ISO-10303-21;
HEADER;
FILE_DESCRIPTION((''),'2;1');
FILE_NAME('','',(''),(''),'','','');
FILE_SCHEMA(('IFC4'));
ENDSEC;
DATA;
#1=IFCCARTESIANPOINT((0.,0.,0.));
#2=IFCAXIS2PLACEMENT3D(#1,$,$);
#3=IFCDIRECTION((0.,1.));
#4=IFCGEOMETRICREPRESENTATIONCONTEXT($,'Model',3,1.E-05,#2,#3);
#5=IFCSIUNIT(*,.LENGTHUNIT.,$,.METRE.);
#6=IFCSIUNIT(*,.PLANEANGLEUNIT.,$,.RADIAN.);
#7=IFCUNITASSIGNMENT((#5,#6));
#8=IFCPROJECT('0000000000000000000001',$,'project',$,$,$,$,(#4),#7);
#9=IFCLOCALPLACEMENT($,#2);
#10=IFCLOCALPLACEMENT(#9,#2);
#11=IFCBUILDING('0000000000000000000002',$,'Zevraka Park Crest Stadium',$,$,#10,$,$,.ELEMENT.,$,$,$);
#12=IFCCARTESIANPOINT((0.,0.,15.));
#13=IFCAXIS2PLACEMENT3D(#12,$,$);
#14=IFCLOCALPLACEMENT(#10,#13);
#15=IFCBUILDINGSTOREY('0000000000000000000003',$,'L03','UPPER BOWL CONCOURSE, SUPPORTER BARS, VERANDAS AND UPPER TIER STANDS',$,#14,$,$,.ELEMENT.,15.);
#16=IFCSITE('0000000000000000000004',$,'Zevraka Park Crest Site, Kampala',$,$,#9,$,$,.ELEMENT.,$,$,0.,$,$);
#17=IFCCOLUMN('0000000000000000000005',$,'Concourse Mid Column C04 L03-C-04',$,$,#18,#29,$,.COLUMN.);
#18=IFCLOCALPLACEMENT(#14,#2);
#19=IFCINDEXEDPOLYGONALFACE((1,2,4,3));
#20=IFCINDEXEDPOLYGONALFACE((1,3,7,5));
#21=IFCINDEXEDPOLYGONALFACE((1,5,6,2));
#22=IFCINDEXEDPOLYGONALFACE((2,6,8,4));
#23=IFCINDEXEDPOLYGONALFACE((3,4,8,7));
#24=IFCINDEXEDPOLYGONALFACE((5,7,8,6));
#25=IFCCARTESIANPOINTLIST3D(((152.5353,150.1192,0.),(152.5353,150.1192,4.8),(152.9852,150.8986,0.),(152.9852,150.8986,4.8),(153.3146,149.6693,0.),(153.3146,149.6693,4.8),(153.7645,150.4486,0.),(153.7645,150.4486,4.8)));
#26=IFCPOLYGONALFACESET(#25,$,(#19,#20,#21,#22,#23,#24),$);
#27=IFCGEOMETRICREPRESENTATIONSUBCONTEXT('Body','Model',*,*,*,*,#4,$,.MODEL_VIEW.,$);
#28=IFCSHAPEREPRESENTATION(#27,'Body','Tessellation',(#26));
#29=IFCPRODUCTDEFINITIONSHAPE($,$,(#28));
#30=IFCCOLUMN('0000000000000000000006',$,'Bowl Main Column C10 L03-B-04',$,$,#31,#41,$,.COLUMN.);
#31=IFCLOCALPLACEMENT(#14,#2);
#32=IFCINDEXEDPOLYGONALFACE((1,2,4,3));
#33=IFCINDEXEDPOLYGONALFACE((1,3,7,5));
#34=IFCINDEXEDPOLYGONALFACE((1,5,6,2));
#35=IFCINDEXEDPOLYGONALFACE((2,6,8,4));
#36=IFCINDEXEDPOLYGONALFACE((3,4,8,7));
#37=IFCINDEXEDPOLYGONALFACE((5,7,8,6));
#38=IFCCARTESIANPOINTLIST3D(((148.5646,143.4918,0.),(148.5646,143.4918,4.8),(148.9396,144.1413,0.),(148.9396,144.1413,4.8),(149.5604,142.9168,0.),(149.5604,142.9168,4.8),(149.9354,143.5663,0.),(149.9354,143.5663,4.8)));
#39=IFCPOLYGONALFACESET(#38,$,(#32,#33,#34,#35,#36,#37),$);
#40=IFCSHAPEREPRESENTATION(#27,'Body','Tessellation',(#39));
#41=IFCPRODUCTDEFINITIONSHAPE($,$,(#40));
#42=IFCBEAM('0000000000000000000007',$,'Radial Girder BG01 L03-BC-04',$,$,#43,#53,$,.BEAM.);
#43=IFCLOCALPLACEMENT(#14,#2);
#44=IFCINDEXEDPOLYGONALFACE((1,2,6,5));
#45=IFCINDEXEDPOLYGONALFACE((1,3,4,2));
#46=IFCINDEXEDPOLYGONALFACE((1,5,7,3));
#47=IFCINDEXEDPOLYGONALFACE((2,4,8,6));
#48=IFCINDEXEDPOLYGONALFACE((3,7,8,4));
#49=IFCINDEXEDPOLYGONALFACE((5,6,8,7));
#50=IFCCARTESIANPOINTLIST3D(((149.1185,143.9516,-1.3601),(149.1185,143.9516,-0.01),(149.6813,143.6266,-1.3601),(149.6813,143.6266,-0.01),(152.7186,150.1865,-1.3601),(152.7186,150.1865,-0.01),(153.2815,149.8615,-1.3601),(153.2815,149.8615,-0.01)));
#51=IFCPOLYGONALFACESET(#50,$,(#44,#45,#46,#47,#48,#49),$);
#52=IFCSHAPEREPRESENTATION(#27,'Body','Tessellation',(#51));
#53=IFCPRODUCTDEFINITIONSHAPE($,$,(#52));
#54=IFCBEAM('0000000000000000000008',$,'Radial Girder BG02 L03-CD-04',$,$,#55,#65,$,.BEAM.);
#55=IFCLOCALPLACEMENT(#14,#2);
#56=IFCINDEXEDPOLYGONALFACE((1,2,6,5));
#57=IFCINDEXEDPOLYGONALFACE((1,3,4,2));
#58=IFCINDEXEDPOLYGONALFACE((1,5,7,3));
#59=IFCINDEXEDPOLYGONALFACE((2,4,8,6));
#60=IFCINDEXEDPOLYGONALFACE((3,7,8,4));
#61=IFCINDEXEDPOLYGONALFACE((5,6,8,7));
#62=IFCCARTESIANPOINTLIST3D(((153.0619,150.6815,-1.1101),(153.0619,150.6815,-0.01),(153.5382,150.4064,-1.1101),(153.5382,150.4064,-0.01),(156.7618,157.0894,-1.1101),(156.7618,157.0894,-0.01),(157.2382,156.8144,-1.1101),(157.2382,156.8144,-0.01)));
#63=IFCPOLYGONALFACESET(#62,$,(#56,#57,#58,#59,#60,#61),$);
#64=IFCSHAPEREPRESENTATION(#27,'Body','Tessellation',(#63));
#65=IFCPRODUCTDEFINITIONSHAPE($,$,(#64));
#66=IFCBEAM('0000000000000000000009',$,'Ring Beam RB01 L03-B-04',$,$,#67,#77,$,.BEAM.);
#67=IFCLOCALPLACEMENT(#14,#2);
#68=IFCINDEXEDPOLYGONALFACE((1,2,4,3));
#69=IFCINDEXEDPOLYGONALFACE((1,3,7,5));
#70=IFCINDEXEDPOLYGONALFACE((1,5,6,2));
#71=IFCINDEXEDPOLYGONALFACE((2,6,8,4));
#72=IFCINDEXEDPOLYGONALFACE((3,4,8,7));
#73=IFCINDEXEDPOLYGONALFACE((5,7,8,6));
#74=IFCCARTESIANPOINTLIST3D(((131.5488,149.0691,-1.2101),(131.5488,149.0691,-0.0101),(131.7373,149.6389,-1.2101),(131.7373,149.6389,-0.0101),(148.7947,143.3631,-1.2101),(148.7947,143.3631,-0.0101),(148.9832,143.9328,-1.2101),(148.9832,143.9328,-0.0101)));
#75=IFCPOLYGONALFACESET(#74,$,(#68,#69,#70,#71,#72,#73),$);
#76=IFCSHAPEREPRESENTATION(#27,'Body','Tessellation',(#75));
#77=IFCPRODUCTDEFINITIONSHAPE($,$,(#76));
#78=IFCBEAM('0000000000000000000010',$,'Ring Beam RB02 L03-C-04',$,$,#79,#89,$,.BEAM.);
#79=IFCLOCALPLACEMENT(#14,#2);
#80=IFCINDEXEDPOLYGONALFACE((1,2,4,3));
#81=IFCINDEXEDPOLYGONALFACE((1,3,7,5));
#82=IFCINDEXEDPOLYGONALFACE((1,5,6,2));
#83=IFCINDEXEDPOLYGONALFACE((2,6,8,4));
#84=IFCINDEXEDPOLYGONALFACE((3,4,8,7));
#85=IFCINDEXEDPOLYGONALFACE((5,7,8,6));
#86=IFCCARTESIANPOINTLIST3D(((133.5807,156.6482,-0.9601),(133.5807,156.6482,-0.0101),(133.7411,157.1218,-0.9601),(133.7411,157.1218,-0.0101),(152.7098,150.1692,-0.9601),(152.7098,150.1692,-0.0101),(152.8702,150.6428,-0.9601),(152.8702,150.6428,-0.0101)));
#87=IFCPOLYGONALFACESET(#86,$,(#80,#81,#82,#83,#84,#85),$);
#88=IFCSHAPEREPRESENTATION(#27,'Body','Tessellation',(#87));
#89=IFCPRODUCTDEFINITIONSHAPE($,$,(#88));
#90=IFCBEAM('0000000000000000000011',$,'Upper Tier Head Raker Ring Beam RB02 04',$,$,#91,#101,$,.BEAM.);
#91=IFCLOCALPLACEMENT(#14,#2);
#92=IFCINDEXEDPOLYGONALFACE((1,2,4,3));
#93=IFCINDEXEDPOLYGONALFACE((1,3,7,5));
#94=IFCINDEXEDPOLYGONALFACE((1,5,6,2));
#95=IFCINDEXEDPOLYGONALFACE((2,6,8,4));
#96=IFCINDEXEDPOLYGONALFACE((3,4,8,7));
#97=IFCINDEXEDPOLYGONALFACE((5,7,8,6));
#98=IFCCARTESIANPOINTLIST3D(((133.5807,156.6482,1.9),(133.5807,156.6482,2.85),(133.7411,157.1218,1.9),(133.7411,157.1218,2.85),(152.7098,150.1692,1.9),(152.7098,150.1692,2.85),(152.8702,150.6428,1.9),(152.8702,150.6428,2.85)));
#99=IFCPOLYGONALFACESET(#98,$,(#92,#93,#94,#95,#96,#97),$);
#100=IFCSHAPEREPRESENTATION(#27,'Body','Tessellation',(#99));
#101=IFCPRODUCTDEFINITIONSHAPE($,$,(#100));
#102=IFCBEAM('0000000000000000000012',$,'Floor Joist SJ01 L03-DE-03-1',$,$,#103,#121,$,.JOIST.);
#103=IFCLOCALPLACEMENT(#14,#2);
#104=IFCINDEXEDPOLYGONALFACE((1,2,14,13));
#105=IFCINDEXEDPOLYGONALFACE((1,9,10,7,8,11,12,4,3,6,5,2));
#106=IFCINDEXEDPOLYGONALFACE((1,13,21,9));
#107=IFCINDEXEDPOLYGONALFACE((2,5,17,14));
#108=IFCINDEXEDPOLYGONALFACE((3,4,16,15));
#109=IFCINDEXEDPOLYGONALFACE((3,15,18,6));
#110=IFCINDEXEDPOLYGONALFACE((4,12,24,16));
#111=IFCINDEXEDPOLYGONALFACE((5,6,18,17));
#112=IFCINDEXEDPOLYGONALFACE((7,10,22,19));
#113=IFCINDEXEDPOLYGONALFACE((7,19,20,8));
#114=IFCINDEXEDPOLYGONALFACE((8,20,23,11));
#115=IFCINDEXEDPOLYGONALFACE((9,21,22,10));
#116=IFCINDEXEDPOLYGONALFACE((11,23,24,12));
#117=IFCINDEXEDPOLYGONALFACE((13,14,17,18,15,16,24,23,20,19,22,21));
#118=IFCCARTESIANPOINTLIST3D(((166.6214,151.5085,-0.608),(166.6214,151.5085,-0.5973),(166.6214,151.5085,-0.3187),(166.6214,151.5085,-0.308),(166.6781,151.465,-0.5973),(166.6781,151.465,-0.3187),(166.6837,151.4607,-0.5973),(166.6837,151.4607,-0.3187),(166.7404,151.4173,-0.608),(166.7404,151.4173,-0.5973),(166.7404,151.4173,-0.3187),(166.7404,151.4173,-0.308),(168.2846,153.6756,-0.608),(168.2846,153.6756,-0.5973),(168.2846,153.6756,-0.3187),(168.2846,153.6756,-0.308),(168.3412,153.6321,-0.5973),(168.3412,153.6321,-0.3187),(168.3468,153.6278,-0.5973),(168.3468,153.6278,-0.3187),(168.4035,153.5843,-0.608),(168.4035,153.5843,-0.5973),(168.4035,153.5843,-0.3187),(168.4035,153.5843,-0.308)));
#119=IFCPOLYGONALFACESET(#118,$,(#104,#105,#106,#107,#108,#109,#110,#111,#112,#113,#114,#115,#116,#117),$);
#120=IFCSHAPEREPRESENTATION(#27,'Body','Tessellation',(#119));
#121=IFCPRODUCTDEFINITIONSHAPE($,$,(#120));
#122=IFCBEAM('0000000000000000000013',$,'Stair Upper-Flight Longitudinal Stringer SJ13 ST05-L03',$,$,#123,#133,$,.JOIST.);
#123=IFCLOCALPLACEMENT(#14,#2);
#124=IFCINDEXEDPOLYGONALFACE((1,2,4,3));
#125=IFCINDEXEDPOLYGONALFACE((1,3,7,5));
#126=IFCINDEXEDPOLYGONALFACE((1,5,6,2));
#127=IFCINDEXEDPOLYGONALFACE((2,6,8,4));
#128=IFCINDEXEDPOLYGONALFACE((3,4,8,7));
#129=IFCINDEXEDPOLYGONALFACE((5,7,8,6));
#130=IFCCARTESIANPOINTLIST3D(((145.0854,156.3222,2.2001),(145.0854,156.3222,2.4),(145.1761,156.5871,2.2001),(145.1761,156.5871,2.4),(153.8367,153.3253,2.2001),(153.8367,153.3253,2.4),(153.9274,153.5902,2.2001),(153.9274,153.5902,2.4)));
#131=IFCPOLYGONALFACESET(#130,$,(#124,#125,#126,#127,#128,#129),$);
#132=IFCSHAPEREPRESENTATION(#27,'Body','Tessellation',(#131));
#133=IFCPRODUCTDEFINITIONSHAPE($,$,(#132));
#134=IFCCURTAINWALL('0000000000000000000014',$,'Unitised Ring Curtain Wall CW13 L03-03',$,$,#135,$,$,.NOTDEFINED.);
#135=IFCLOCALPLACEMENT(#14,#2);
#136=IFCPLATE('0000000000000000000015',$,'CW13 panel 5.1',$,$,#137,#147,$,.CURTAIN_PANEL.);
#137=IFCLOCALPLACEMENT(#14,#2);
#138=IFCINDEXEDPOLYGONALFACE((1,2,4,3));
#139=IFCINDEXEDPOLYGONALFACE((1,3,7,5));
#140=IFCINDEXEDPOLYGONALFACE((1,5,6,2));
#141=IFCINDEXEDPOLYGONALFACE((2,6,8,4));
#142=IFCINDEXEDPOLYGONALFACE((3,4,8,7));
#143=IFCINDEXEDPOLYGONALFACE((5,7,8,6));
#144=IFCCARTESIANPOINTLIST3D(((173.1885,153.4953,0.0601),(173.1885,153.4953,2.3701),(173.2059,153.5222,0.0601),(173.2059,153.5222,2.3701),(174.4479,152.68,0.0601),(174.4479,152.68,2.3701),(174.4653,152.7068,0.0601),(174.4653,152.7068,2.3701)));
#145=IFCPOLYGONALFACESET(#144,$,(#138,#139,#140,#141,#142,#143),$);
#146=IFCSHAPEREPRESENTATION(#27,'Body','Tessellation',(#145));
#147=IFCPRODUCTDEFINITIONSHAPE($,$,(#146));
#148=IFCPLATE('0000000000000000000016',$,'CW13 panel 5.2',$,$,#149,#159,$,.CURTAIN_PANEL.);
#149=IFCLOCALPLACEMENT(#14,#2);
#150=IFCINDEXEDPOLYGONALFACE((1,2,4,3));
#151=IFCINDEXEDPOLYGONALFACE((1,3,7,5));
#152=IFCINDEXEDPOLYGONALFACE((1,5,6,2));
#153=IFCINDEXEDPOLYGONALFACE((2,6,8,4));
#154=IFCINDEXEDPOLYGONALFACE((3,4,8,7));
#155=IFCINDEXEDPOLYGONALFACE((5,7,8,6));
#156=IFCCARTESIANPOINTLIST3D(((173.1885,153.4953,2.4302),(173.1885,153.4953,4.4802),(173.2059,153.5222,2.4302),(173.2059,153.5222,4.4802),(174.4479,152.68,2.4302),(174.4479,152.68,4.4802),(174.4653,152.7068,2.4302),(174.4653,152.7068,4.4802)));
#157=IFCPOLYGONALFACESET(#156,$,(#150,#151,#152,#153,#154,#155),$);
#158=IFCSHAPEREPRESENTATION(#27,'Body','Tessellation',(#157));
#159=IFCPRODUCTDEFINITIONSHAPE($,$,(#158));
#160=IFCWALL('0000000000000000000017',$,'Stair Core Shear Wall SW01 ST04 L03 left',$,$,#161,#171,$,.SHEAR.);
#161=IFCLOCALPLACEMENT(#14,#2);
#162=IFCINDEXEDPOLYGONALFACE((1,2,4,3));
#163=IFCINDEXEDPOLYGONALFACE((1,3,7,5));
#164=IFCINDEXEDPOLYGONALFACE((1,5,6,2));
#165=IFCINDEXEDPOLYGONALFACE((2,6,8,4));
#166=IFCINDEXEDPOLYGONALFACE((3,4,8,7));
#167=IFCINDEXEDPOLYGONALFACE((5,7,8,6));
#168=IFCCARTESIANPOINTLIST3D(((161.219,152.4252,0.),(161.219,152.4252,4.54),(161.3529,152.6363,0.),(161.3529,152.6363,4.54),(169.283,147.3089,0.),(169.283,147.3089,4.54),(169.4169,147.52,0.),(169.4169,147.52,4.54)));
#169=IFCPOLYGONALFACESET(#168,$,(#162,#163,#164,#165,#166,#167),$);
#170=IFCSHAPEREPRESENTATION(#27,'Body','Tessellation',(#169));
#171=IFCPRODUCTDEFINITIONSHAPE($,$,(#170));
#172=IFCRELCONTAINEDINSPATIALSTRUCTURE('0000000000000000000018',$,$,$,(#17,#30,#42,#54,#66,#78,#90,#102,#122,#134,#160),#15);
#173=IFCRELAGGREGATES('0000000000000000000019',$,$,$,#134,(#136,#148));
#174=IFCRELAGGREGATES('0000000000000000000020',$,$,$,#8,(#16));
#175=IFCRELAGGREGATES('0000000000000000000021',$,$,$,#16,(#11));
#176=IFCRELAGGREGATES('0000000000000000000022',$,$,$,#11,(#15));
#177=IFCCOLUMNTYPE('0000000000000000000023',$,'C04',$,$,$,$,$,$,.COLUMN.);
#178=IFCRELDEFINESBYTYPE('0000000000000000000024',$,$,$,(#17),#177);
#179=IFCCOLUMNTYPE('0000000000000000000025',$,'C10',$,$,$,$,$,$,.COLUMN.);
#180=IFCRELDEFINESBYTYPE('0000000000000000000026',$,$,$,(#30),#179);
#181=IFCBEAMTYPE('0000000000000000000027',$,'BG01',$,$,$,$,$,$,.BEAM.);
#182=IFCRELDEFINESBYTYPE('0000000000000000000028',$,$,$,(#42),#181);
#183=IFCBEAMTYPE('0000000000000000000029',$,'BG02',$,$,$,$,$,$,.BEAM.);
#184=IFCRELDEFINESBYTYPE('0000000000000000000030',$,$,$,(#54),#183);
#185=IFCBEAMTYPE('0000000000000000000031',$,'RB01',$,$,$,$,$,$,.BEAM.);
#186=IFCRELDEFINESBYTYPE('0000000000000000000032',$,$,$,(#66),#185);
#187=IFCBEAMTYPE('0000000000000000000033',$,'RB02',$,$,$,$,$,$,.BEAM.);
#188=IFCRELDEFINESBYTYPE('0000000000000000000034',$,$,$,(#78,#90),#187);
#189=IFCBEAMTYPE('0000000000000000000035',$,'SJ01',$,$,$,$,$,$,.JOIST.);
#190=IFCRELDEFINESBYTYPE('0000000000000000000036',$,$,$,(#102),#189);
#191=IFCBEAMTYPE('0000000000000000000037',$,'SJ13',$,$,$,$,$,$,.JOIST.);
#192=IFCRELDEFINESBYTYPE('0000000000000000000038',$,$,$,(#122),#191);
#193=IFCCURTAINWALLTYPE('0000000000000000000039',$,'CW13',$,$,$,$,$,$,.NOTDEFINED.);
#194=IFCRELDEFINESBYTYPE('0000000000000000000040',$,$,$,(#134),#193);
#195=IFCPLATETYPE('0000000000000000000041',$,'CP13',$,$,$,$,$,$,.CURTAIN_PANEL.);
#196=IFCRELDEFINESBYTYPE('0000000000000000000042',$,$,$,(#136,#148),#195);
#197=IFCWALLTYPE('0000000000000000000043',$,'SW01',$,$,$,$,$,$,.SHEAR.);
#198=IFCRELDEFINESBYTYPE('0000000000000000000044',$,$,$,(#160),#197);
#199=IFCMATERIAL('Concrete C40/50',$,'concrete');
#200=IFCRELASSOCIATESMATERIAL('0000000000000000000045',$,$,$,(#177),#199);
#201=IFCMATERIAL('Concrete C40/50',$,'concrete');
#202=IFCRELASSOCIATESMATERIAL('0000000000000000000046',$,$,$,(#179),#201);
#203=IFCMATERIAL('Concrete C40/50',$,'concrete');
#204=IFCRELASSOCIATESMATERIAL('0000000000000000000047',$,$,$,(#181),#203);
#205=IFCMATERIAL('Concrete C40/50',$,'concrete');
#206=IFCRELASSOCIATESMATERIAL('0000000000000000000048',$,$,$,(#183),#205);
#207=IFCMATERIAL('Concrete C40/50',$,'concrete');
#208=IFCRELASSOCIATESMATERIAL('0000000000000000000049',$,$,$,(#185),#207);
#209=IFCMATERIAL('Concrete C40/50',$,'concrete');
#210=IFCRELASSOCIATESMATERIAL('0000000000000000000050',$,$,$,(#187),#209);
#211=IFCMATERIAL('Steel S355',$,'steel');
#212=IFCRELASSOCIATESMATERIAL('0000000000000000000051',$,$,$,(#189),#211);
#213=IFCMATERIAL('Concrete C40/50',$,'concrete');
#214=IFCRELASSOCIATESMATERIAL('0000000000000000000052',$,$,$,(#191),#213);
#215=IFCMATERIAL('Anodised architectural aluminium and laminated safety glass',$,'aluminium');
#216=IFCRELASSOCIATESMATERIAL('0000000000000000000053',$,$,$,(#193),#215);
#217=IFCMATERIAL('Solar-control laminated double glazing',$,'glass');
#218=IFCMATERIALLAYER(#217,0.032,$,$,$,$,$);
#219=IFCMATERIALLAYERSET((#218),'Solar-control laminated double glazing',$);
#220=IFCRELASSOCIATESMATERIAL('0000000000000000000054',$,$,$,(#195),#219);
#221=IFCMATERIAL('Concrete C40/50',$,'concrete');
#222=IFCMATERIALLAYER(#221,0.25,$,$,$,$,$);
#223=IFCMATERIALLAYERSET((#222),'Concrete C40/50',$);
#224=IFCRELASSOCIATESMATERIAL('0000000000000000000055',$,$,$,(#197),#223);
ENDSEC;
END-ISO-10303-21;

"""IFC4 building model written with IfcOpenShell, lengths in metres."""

from ifc_helpers import new_model, si_unit, direction, frame, frame_2d, origin, origin_2d, place, context, subcontext, project, spatial, rectangle, i_section, extrude, material, layer, layer_set, material_profile, profile_set, type_object, element, aggregate, save


model = new_model("IFC4")

# Units and contexts
model_context = context("Model", 3, precision=1e-05, world=origin(), true_north=direction((0.0, 1.0)))
body_context = subcontext(model_context, "Body", "Model", "MODEL_VIEW")
ifc_project = project(units=[si_unit("LENGTHUNIT", "METRE"), si_unit("PLANEANGLEUNIT", "RADIAN")], contexts=[model_context])

# Site, building, storey
site_placement = place(None, origin())
site = spatial("IfcSite", under=ifc_project, at=site_placement, Name="Zevraka Park Crest Site, Kampala", CompositionType="ELEMENT", RefElevation=0.0)
building_placement = place(site_placement, origin())
building = spatial("IfcBuilding", under=site, at=building_placement, Name="Zevraka Park Crest Stadium", CompositionType="ELEMENT")
storey_placement = place(building_placement, frame((0.0, 0.0, 15.0)))
storey = spatial("IfcBuildingStorey", under=building, at=storey_placement, Name="L03", Description="UPPER BOWL CONCOURSE, SUPPORTER BARS, VERANDAS AND UPPER TIER STANDS", CompositionType="ELEMENT", Elevation=15.0)

# Columns
ifc_material_1 = material(Name="Concrete C40/50", Category="concrete")
ifc_material_profile_1 = material_profile(ifc_material_1, rectangle(XDim=0.8999, YDim=0.8999, at=origin_2d()), Name="RC 900x900")
ifc_profile_set_1 = profile_set([ifc_material_profile_1], Name="Concrete C40/50")
column_type_1 = type_object("IfcColumnType", Name="C04", PredefinedType="COLUMN", material=ifc_profile_set_1)
column_1_placement = place(storey_placement, frame((153.1499, 150.2839, 0.0), z_axis=(0.0, 0.0, 1.0), x_axis=(0.5, 0.866025, 0.0)))
element("IfcColumn", 1, at=column_1_placement, inside=storey, type_object=column_type_1, Name="Concourse Mid Column C04 L03-C-04", PredefinedType="COLUMN", context=body_context, shape_type="SweptSolid", body=[
    extrude(rectangle(XDim=0.8999, YDim=0.8999, at=origin_2d()), origin(), (0.0, 0.0, 1.0), 4.8),
])
ifc_material_2 = material(Name="Concrete C40/50", Category="concrete")
ifc_material_profile_2 = material_profile(ifc_material_2, rectangle(XDim=0.75, YDim=1.1499, at=origin_2d()), Name="RC 1150x750")
ifc_profile_set_2 = profile_set([ifc_material_profile_2], Name="Concrete C40/50")
column_type_2 = type_object("IfcColumnType", Name="C10", PredefinedType="COLUMN", material=ifc_profile_set_2)
column_2_placement = place(storey_placement, frame((149.25, 143.5291, 0.0), z_axis=(0.0, 0.0, 1.0), x_axis=(0.5, 0.866025, 0.0)))
element("IfcColumn", 2, at=column_2_placement, inside=storey, type_object=column_type_2, Name="Bowl Main Column C10 L03-B-04", PredefinedType="COLUMN", context=body_context, shape_type="SweptSolid", body=[
    extrude(rectangle(XDim=0.75, YDim=1.1499, at=origin_2d()), origin(), (0.0, 0.0, 1.0), 4.8),
])

# Beams
ifc_material_3 = material(Name="Concrete C40/50", Category="concrete")
ifc_material_profile_3 = material_profile(ifc_material_3, rectangle(XDim=0.6499, YDim=1.3501, at=origin_2d()), Name="RC 1350x650")
ifc_profile_set_3 = profile_set([ifc_material_profile_3], Name="Concrete C40/50")
beam_type_1 = type_object("IfcBeamType", Name="BG01", PredefinedType="BEAM", material=ifc_profile_set_3)
beam_1_placement = place(storey_placement, frame((149.3999, 143.7891, -0.6851), z_axis=(0.500041, 0.866001, 0.0), x_axis=(-0.866001, 0.500041, 0.0)))
element("IfcBeam", 3, at=beam_1_placement, inside=storey, type_object=beam_type_1, Name="Radial Girder BG01 L03-BC-04", PredefinedType="BEAM", context=body_context, shape_type="SweptSolid", body=[
    extrude(rectangle(XDim=0.6499, YDim=1.3501, at=origin_2d()), origin(), (0.0, 0.0, 1.0), 7.1997),
])
ifc_material_4 = material(Name="Concrete C40/50", Category="concrete")
ifc_material_profile_4 = material_profile(ifc_material_4, rectangle(XDim=0.55, YDim=1.1001, at=origin_2d()), Name="RC 1100x550")
ifc_profile_set_4 = profile_set([ifc_material_profile_4], Name="Concrete C40/50")
beam_type_2 = type_object("IfcBeamType", Name="BG02", PredefinedType="BEAM", material=ifc_profile_set_4)
beam_2_placement = place(storey_placement, frame((153.3, 150.5439, -0.5601), z_axis=(0.500032, 0.866007, 0.0), x_axis=(-0.866007, 0.500032, 0.0)))
element("IfcBeam", 4, at=beam_2_placement, inside=storey, type_object=beam_type_2, Name="Radial Girder BG02 L03-CD-04", PredefinedType="BEAM", context=body_context, shape_type="SweptSolid", body=[
    extrude(rectangle(XDim=0.55, YDim=1.1001, at=origin_2d()), origin(), (0.0, 0.0, 1.0), 7.3994),
])
ifc_material_5 = material(Name="Concrete C40/50", Category="concrete")
ifc_material_profile_5 = material_profile(ifc_material_5, rectangle(XDim=0.6001, YDim=1.2, at=origin_2d()), Name="RC 1200x600")
ifc_profile_set_5 = profile_set([ifc_material_profile_5], Name="Concrete C40/50")
beam_type_3 = type_object("IfcBeamType", Name="RB01", PredefinedType="BEAM", material=ifc_profile_set_5)
beam_3_placement = place(storey_placement, frame((148.8889, 143.6479, -0.6101), z_axis=(-0.949384, 0.314118, 0.0), x_axis=(-0.314118, -0.949384, 0.0)))
element("IfcBeam", 5, at=beam_3_placement, inside=storey, type_object=beam_type_3, Name="Ring Beam RB01 L03-B-04", PredefinedType="BEAM", context=body_context, shape_type="SweptSolid", body=[
    extrude(rectangle(XDim=0.6001, YDim=1.2, at=origin_2d()), origin(), (0.0, 0.0, 1.0), 18.1653),
])
ifc_material_6 = material(Name="Concrete C40/50", Category="concrete")
ifc_material_profile_6 = material_profile(ifc_material_6, rectangle(XDim=0.5, YDim=0.95, at=origin_2d()), Name="RC 950x500")
ifc_profile_set_6 = profile_set([ifc_material_profile_6], Name="Concrete C40/50")
beam_type_4 = type_object("IfcBeamType", Name="RB02", PredefinedType="BEAM", material=ifc_profile_set_6)
for number, where, z_axis, x_axis, name in (
    (6, (152.79, 150.406, -0.4851), (-0.947148, 0.320797, 0.0), (-0.320797, -0.947148, 0.0), "Ring Beam RB02 L03-C-04"),
    (7, (152.79, 150.406, 2.375), (-0.947148, 0.320797, 0.0), (-0.320797, -0.947148, 0.0), "Upper Tier Head Raker Ring Beam RB02 04"),
):
    element("IfcBeam", number, at=place(storey_placement, frame(where, z_axis=z_axis, x_axis=x_axis)), inside=storey, type_object=beam_type_4, Name=name, PredefinedType="BEAM", context=body_context, shape_type="SweptSolid", body=[
        extrude(rectangle(XDim=0.5, YDim=0.95, at=origin_2d()), origin(), (0.0, 0.0, 1.0), 20.1965),
    ])
ifc_material_7 = material(Name="Steel S355", Category="steel")
ifc_material_profile_7 = material_profile(ifc_material_7, i_section(OverallWidth=0.1499, OverallDepth=0.3, WebThickness=0.0071, FlangeThickness=0.0107, at=origin_2d()), Name="IPE 300")
ifc_profile_set_7 = profile_set([ifc_material_profile_7], Name="Steel S355")
beam_type_5 = type_object("IfcBeamType", Name="SJ01", PredefinedType="JOIST", material=ifc_profile_set_7)
beam_4_placement = place(storey_placement, frame((166.6809, 151.4629, -0.458), z_axis=(0.608829, 0.793301, 0.0), x_axis=(-0.793301, 0.608829, 0.0)))
element("IfcBeam", 8, at=beam_4_placement, inside=storey, type_object=beam_type_5, Name="Floor Joist SJ01 L03-DE-03-1", PredefinedType="JOIST", context=body_context, shape_type="SweptSolid", body=[
    extrude(i_section(OverallWidth=0.1499, OverallDepth=0.3, WebThickness=0.0071, FlangeThickness=0.0107, at=origin_2d()), origin(), (0.0, 0.0, 1.0), 2.7317),
])
ifc_material_8 = material(Name="Concrete C40/50", Category="concrete")
ifc_material_profile_8 = material_profile(ifc_material_8, rectangle(XDim=0.28, YDim=0.2, at=origin_2d()), Name="RC 200x280")
ifc_profile_set_8 = profile_set([ifc_material_profile_8], Name="Concrete C40/50")
beam_type_6 = type_object("IfcBeamType", Name="SJ13", PredefinedType="JOIST", material=ifc_profile_set_8)
beam_5_placement = place(storey_placement, frame((153.8821, 153.4578, 2.3), z_axis=(-0.946065, 0.323977, 0.0), x_axis=(-0.323977, -0.946065, 0.0)))
element("IfcBeam", 9, at=beam_5_placement, inside=storey, type_object=beam_type_6, Name="Stair Upper-Flight Longitudinal Stringer SJ13 ST05-L03", PredefinedType="JOIST", context=body_context, shape_type="SweptSolid", body=[
    extrude(rectangle(XDim=0.28, YDim=0.2, at=origin_2d()), origin(), (0.0, 0.0, 1.0), 9.2502),
])

# Curtain wall, plates
ifc_material_9 = material(Name="Anodised architectural aluminium and laminated safety glass", Category="aluminium")
curtain_wall_type = type_object("IfcCurtainWallType", Name="CW13", PredefinedType="NOTDEFINED", material=ifc_material_9)
curtain_wall_placement = place(storey_placement, origin())
curtain_wall = element("IfcCurtainWall", 10, at=curtain_wall_placement, inside=storey, type_object=curtain_wall_type, Name="Unitised Ring Curtain Wall CW13 L03-03", PredefinedType="NOTDEFINED")
ifc_material_10 = material(Name="Solar-control laminated double glazing", Category="glass")
ifc_layer_1 = layer(ifc_material_10, 0.032)
ifc_layer_set_1 = layer_set([ifc_layer_1], Name="Solar-control laminated double glazing")
plate_type = type_object("IfcPlateType", Name="CP13", PredefinedType="CURTAIN_PANEL", material=ifc_layer_set_1)
plate_1_placement = place(storey_placement, frame((173.8269, 153.1011, 0.0601), z_axis=(0.0, 0.0, 1.0), x_axis=(-0.839429, 0.543469, 0.0)))
plate_1 = element("IfcPlate", 11, at=plate_1_placement, type_object=plate_type, Name="CW13 panel 5.1", PredefinedType="CURTAIN_PANEL", context=body_context, shape_type="SweptSolid", body=[
    extrude(rectangle(XDim=1.5002, YDim=0.032, at=origin_2d()), origin(), (0.0, 0.0, 1.0), 2.3101),
])
plate_2_placement = place(storey_placement, frame((173.8269, 153.1011, 2.4302), z_axis=(0.0, 0.0, 1.0), x_axis=(-0.839429, 0.543469, 0.0)))
plate_2 = element("IfcPlate", 12, at=plate_2_placement, type_object=plate_type, Name="CW13 panel 5.2", PredefinedType="CURTAIN_PANEL", context=body_context, shape_type="SweptSolid", body=[
    extrude(rectangle(XDim=1.5002, YDim=0.032, at=origin_2d()), origin(), (0.0, 0.0, 1.0), 2.05),
])
aggregate(curtain_wall, [plate_1, plate_2])

# Wall
ifc_material_11 = material(Name="Concrete C40/50", Category="concrete")
ifc_layer_2 = layer(ifc_material_11, 0.25)
ifc_layer_set_2 = layer_set([ifc_layer_2], Name="Concrete C40/50")
wall_type = type_object("IfcWallType", Name="SW01", PredefinedType="SHEAR", material=ifc_layer_set_2)
for number, where, z_axis, x_axis, name in (
    (13, (169.3499, 147.4146, 0.0), (0.0, 0.0, 1.0), (-0.844391, 0.535727, 0.0), "Stair Core Shear Wall SW01 ST04 L03 left"),
):
    element("IfcWall", number, at=place(storey_placement, frame(where, z_axis=z_axis, x_axis=x_axis)), inside=storey, type_object=wall_type, Name=name, PredefinedType="SHEAR", context=body_context, shape_type="SweptSolid", body=[
        extrude(rectangle(XDim=9.55, YDim=0.25, at=frame_2d((4.7749, 0.0))), origin(), (0.0, 0.0, 1.0), 4.54),
    ])

save(model, "model.ifc")
